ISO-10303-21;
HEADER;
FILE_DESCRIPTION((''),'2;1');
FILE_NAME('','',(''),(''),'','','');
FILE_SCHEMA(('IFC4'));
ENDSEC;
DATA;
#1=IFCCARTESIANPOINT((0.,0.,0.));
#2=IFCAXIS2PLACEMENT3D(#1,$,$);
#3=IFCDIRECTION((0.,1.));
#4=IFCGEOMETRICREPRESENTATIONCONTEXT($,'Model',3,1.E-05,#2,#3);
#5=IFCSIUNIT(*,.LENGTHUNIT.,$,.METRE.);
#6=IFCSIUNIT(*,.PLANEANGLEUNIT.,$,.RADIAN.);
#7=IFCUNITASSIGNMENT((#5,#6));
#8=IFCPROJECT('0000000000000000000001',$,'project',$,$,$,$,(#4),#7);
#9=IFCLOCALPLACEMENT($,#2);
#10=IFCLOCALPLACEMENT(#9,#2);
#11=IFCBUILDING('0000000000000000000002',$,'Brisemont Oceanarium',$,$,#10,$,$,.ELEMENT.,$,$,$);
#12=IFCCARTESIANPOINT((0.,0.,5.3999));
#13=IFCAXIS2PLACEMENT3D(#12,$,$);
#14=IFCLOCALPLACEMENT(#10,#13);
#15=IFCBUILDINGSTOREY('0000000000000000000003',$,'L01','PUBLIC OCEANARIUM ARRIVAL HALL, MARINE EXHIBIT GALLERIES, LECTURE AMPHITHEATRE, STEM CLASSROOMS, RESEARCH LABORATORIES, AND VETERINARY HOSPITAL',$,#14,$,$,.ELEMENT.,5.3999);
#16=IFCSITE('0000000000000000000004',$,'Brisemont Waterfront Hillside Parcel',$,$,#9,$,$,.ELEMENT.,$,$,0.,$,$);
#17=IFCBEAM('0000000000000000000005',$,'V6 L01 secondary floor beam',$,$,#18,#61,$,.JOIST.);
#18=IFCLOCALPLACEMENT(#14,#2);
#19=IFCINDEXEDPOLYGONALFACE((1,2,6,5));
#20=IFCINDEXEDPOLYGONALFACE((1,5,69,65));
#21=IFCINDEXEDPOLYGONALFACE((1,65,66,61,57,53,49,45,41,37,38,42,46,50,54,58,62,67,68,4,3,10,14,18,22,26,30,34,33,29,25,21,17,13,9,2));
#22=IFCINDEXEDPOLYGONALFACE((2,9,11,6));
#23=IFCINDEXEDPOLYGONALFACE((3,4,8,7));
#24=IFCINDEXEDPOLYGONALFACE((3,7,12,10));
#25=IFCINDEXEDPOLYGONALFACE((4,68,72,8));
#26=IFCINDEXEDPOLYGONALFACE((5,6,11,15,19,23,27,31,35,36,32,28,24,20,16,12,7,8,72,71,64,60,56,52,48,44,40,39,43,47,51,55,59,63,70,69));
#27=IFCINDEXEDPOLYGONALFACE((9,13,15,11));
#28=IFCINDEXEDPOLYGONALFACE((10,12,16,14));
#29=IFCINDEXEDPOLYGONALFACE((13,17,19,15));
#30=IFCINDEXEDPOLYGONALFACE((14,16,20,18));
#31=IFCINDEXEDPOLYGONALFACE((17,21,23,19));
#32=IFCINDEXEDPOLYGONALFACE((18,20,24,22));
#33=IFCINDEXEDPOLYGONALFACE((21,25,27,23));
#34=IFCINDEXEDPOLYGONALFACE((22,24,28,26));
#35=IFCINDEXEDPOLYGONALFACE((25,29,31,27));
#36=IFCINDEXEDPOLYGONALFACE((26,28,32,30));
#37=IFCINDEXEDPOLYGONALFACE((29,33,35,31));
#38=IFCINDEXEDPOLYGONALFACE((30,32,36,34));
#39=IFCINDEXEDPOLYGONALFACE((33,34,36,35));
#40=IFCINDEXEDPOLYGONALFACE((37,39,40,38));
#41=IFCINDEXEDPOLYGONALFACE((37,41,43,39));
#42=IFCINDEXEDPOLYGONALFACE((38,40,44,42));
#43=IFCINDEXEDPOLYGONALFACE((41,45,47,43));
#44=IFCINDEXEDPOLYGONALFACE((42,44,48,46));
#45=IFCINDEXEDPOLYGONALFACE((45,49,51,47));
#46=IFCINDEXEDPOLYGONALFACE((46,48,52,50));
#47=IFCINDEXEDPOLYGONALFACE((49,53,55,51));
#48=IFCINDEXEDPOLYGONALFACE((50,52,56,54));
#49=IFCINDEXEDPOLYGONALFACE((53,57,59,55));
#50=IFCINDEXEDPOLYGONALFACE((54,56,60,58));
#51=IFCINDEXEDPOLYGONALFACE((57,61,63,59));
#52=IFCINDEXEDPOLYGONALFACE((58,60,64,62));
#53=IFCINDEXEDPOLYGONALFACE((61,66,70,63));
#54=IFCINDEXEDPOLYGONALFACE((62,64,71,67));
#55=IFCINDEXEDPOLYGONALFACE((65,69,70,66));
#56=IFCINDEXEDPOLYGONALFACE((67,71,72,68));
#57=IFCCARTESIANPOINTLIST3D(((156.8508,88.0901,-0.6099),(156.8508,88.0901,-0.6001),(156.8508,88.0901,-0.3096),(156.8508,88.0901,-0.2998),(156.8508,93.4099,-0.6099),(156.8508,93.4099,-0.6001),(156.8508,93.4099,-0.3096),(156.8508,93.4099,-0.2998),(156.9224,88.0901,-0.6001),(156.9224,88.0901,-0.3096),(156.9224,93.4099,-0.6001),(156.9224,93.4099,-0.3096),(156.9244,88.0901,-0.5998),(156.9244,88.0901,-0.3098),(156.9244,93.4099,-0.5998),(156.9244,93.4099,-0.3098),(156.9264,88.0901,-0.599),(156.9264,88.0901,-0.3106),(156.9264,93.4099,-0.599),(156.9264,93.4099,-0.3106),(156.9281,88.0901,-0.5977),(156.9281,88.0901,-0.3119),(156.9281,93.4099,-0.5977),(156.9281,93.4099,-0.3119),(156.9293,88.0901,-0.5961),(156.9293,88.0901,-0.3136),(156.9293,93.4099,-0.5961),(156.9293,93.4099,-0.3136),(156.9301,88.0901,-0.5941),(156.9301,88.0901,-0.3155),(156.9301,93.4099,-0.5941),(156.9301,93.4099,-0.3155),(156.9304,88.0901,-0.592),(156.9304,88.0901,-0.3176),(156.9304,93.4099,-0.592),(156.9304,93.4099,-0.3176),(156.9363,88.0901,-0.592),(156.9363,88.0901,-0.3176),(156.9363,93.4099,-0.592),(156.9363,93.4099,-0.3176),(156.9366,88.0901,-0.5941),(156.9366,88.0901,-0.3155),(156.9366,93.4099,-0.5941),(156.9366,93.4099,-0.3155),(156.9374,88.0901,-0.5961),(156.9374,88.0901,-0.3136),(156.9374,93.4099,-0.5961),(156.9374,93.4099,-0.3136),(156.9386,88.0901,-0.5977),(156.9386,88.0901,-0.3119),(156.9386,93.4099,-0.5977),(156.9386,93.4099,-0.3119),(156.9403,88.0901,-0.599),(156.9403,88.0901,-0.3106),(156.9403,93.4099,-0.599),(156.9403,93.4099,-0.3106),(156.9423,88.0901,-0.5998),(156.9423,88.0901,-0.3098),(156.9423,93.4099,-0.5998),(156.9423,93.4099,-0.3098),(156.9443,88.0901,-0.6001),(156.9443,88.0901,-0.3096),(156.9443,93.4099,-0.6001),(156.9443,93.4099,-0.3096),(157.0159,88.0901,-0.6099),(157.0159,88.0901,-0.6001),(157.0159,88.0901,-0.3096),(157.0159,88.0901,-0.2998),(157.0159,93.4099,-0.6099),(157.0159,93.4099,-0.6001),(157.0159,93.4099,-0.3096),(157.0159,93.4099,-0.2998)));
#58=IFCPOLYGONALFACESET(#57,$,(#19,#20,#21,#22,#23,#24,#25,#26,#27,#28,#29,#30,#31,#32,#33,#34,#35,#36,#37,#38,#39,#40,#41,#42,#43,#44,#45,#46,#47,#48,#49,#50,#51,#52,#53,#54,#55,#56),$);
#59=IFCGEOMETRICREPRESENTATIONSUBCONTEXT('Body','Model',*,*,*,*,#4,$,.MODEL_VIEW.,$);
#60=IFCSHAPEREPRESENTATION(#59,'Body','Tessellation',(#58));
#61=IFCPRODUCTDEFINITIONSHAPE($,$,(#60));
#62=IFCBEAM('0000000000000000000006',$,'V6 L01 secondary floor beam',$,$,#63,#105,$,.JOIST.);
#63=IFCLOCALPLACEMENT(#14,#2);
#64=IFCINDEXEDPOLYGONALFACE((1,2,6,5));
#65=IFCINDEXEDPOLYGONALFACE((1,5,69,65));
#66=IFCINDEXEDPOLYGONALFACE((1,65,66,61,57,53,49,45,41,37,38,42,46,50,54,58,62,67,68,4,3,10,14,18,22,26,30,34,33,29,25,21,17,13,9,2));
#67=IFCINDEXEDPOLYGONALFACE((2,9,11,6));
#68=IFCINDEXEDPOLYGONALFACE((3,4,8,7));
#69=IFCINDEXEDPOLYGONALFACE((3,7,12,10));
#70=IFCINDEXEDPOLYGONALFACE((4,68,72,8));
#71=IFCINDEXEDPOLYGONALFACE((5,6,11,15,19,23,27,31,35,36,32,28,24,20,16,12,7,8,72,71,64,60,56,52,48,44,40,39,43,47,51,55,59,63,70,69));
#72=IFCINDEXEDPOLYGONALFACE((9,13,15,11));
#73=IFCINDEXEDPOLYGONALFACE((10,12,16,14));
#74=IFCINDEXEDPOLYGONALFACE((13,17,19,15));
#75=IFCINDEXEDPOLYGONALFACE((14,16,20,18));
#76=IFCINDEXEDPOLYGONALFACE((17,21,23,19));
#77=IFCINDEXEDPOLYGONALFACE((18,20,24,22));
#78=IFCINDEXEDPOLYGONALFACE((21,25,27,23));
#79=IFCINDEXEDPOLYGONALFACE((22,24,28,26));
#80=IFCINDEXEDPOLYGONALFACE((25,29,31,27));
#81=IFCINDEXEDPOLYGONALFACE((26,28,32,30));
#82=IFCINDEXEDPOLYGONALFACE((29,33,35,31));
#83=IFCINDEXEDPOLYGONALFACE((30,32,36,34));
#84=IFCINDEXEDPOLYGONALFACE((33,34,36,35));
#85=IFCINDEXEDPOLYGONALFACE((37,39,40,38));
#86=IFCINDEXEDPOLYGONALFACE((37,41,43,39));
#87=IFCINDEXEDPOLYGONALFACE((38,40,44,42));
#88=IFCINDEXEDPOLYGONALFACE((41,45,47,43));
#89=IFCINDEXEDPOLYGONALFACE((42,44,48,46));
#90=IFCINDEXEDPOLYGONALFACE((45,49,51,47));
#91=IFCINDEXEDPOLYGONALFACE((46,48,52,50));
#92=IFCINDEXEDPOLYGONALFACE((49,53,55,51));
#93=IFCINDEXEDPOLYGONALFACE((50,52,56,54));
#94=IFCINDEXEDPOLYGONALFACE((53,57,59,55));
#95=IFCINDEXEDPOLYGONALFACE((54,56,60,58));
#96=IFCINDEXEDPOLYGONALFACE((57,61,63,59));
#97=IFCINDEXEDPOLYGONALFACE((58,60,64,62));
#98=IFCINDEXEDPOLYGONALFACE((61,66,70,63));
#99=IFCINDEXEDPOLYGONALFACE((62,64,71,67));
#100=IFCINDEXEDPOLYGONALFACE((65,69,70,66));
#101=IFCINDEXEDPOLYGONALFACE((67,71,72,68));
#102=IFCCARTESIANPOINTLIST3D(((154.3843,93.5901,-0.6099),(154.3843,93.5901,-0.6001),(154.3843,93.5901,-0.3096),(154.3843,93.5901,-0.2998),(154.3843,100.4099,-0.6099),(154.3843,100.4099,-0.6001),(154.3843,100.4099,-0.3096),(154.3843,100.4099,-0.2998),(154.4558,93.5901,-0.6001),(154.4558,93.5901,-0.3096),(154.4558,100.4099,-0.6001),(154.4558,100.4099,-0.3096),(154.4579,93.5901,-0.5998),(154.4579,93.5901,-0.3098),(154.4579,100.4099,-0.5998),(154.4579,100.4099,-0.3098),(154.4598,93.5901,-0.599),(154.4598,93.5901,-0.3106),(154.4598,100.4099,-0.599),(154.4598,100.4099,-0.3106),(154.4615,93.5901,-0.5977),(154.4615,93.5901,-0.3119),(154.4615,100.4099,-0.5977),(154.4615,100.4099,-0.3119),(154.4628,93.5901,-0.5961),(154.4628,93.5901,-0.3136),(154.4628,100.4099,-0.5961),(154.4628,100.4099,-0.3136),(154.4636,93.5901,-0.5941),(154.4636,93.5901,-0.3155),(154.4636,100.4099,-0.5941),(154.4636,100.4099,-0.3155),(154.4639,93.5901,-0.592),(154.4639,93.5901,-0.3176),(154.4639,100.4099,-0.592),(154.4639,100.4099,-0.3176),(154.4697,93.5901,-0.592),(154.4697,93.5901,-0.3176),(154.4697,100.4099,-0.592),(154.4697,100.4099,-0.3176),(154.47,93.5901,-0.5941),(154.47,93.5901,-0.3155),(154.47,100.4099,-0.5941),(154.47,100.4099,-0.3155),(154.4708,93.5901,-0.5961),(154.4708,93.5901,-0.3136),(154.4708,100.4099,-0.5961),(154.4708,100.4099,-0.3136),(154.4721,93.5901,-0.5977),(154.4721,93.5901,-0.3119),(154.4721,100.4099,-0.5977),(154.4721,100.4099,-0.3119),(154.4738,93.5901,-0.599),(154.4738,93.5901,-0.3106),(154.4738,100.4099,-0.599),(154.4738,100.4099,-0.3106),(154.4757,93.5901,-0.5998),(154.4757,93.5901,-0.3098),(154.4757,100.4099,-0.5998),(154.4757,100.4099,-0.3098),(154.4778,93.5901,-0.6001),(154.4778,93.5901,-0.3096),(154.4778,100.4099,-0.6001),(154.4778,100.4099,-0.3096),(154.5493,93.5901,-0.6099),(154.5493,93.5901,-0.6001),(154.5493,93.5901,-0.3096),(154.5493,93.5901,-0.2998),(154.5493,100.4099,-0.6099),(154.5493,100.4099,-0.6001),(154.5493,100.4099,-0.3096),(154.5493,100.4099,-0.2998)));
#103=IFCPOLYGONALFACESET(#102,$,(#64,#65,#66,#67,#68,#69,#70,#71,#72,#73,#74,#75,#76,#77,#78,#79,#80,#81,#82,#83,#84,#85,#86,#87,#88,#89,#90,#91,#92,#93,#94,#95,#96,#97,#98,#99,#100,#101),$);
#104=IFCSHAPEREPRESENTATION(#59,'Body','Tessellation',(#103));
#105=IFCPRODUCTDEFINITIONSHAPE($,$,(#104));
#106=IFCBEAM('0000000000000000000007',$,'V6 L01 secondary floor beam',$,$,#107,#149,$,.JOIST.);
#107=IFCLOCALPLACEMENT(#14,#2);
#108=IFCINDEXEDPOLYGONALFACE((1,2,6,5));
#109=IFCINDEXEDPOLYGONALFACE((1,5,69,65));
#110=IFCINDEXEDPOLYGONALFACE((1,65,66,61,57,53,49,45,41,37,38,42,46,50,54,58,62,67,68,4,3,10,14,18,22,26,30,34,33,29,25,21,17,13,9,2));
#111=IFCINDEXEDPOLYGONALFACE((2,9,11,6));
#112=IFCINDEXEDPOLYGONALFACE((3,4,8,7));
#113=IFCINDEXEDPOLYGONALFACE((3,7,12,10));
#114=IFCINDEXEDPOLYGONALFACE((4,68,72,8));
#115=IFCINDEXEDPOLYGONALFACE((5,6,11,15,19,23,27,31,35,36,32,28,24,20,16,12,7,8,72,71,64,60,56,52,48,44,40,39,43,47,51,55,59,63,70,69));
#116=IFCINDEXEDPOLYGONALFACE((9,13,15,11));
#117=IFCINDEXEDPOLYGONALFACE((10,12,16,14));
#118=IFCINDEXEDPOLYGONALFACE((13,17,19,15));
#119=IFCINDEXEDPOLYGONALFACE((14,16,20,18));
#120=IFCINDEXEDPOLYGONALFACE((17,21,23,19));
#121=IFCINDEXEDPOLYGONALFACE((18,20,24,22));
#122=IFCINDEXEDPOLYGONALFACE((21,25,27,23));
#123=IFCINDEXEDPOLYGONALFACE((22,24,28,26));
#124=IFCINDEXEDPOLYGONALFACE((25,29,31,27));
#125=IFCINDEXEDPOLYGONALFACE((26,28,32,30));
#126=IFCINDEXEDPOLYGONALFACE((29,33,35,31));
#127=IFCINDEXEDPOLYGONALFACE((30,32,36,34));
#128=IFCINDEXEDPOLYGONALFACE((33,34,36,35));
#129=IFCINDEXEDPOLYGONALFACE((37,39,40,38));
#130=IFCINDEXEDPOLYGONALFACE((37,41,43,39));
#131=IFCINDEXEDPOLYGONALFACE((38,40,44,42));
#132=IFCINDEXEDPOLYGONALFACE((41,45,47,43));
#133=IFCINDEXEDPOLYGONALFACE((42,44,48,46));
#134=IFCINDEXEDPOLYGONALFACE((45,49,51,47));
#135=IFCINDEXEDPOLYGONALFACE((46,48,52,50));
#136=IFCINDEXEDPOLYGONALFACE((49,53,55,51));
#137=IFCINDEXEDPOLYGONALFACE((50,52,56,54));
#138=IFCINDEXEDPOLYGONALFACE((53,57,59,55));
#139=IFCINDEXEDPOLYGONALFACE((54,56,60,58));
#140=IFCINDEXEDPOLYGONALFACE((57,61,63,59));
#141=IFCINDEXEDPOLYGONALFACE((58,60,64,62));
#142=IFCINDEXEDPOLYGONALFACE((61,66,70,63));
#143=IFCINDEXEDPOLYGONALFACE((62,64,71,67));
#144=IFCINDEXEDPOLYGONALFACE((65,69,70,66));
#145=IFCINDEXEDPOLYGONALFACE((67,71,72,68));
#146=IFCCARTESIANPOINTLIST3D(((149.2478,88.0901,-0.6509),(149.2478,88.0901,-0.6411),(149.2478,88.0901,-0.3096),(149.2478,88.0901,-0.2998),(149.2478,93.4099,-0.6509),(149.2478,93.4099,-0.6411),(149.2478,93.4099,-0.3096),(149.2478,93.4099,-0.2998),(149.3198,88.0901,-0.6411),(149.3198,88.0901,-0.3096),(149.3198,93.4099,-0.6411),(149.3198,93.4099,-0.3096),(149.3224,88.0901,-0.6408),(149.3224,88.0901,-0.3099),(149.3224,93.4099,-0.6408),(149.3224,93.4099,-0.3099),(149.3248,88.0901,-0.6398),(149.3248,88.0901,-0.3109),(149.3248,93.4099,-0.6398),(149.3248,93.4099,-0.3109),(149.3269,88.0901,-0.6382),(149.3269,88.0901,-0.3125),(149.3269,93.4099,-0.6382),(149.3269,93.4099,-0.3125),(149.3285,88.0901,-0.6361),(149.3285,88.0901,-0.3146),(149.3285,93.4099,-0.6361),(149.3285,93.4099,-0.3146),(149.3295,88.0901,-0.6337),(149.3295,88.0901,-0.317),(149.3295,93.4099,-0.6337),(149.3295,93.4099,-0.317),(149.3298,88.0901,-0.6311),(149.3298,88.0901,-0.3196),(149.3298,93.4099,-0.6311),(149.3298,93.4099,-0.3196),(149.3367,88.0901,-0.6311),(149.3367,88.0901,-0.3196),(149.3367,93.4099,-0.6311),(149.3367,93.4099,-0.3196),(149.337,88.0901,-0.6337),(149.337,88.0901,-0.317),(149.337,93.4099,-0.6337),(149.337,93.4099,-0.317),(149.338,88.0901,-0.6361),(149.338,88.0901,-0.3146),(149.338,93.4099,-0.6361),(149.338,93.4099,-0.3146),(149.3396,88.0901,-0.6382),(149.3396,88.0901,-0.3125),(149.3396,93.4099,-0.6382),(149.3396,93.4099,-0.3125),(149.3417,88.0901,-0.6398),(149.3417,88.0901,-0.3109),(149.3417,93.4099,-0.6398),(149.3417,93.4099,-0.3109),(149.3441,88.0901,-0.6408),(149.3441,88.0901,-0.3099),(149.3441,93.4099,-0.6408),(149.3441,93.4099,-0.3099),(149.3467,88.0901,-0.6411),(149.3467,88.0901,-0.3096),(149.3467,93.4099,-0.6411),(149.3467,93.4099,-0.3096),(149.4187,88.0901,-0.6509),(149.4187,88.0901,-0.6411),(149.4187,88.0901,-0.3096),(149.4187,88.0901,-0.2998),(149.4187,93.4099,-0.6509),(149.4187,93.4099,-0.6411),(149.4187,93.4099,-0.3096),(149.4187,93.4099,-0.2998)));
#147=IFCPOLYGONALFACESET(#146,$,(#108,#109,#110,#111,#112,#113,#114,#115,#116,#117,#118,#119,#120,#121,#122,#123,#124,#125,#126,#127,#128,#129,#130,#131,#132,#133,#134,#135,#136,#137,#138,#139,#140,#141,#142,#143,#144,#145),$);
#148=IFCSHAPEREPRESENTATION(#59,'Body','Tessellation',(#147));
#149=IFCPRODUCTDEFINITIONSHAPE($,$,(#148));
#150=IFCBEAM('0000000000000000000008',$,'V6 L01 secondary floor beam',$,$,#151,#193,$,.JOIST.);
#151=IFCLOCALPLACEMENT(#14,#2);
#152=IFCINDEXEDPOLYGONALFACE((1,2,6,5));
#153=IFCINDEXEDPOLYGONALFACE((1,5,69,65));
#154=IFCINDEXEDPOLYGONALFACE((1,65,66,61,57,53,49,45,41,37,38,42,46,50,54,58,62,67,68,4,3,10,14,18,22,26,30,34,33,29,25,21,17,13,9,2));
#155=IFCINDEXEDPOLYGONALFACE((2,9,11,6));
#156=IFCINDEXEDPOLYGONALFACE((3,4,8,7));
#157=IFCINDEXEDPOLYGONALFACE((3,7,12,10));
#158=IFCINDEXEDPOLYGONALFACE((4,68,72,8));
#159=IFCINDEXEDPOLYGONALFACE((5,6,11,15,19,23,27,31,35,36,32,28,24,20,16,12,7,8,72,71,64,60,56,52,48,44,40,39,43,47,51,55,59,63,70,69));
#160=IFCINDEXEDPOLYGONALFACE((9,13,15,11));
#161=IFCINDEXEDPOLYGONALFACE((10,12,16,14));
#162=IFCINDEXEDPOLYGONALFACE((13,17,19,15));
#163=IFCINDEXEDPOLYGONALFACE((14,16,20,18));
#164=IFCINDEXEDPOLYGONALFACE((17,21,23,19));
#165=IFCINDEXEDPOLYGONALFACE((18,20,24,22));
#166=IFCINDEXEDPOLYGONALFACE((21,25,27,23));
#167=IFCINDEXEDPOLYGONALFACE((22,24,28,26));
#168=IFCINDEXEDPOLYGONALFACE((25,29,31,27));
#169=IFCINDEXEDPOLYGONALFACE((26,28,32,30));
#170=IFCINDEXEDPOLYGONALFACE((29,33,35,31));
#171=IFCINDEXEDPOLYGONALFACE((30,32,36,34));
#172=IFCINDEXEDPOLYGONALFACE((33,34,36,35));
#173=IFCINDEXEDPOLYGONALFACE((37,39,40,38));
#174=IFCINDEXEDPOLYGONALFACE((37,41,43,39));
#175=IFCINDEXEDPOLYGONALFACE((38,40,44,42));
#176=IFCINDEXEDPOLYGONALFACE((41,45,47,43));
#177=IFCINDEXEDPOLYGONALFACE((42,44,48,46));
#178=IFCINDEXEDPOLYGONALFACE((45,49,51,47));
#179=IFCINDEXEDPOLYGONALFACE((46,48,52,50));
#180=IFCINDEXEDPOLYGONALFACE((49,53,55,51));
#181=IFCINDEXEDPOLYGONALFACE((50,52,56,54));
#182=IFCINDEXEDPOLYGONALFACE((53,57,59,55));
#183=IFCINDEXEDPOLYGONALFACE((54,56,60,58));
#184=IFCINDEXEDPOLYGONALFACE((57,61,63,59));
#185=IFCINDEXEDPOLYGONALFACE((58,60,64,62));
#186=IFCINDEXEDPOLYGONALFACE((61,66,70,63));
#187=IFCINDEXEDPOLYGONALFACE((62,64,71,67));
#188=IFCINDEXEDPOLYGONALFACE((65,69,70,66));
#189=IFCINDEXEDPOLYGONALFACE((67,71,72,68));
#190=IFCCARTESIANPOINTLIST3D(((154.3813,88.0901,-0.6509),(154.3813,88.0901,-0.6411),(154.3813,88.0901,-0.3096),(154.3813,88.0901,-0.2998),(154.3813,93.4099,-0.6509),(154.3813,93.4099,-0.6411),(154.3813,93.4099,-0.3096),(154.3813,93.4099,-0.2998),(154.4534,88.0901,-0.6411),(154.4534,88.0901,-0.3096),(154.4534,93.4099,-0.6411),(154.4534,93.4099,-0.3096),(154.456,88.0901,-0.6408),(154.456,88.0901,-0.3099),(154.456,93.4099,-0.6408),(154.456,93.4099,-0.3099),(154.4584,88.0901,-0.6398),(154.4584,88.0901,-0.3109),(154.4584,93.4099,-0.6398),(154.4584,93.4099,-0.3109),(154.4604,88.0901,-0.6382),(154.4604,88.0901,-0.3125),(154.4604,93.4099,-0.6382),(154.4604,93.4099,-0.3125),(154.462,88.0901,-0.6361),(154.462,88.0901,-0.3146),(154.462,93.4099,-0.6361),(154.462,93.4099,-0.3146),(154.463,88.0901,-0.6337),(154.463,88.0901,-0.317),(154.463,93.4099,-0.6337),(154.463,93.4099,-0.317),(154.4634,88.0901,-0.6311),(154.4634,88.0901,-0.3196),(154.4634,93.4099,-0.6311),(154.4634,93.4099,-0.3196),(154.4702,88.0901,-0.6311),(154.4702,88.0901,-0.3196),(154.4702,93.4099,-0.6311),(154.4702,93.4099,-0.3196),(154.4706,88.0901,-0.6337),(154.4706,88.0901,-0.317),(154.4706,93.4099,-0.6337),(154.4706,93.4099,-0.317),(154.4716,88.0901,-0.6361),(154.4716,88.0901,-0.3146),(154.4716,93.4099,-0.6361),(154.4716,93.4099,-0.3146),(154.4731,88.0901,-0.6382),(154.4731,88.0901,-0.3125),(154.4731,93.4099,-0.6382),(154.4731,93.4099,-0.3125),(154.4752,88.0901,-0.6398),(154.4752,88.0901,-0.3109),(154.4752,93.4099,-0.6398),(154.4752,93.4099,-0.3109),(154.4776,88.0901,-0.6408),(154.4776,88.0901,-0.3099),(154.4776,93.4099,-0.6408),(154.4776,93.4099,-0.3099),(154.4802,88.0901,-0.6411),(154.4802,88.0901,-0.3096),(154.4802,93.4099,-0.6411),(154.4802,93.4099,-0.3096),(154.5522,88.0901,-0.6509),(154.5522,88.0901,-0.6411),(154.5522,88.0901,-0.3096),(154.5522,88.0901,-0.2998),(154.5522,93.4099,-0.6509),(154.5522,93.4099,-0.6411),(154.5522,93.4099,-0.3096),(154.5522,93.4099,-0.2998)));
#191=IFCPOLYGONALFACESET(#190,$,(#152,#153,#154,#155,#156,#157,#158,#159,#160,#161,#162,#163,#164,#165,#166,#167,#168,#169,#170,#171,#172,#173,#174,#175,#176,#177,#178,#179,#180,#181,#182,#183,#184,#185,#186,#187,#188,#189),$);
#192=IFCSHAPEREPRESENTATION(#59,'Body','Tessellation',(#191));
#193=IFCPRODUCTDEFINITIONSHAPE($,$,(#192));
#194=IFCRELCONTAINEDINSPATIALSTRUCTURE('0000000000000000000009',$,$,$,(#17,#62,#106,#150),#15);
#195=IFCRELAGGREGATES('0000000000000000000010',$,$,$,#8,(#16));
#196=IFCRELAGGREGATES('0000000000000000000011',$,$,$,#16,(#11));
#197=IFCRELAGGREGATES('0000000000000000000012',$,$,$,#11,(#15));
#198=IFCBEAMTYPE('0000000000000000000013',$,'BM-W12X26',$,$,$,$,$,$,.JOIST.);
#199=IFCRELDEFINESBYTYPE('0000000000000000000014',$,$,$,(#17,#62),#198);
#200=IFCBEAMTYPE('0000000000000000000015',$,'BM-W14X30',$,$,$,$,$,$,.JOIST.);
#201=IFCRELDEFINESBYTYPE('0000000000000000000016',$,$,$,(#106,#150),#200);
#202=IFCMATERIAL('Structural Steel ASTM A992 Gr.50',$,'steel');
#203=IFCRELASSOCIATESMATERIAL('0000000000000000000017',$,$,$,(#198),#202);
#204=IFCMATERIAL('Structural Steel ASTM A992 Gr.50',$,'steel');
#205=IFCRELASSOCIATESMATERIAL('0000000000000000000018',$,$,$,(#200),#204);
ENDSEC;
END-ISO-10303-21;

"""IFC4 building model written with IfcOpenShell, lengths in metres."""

from ifc_helpers import new_model, si_unit, direction, frame, origin, origin_2d, place, context, subcontext, project, spatial, i_section, extrude, material, material_profile, profile_set, type_object, element, save


model = new_model("IFC4")

# Units and contexts
model_context = context("Model", 3, precision=1e-05, world=origin(), true_north=direction((0.0, 1.0)))
body_context = subcontext(model_context, "Body", "Model", "MODEL_VIEW")
ifc_project = project(units=[si_unit("LENGTHUNIT", "METRE"), si_unit("PLANEANGLEUNIT", "RADIAN")], contexts=[model_context])

# Site, building, storey
site_placement = place(None, origin())
site = spatial("IfcSite", under=ifc_project, at=site_placement, Name="Brisemont Waterfront Hillside Parcel", CompositionType="ELEMENT", RefElevation=0.0)
building_placement = place(site_placement, origin())
building = spatial("IfcBuilding", under=site, at=building_placement, Name="Brisemont Oceanarium", CompositionType="ELEMENT")
storey_placement = place(building_placement, frame((0.0, 0.0, 5.3999)))
storey = spatial("IfcBuildingStorey", under=building, at=storey_placement, Name="L01", Description="PUBLIC OCEANARIUM ARRIVAL HALL, MARINE EXHIBIT GALLERIES, LECTURE AMPHITHEATRE, STEM CLASSROOMS, RESEARCH LABORATORIES, AND VETERINARY HOSPITAL", CompositionType="ELEMENT", Elevation=5.3999)

# Beams
ifc_material_1 = material(Name="Structural Steel ASTM A992 Gr.50", Category="steel")
ifc_material_profile_1 = material_profile(ifc_material_1, i_section(OverallWidth=0.165, OverallDepth=0.3101, WebThickness=0.0059, FlangeThickness=0.0098, FilletRadius=0.0081, at=origin_2d()), Name="W12X26")
ifc_profile_set_1 = profile_set([ifc_material_profile_1], Name="Structural Steel ASTM A992 Gr.50")
beam_type_1 = type_object("IfcBeamType", Name="BM-W12X26", PredefinedType="JOIST", material=ifc_profile_set_1)
beam_1_placement = place(storey_placement, frame((156.9333, 88.0901, -0.4548), z_axis=(0.0, 1.0, 0.0), x_axis=(-1.0, 0.0, 0.0)))
element("IfcBeam", 1, at=beam_1_placement, inside=storey, type_object=beam_type_1, Name="V6 L01 secondary floor beam", PredefinedType="JOIST", context=body_context, shape_type="SweptSolid", body=[
    extrude(i_section(OverallWidth=0.165, OverallDepth=0.3101, WebThickness=0.0059, FlangeThickness=0.0098, FilletRadius=0.0081, at=origin_2d()), origin(), (0.0, 0.0, 1.0), 5.3198),
])
beam_2_placement = place(storey_placement, frame((154.4668, 93.5901, -0.4548), z_axis=(0.0, 1.0, 0.0), x_axis=(-1.0, 0.0, 0.0)))
element("IfcBeam", 2, at=beam_2_placement, inside=storey, type_object=beam_type_1, Name="V6 L01 secondary floor beam", PredefinedType="JOIST", context=body_context, shape_type="SweptSolid", body=[
    extrude(i_section(OverallWidth=0.165, OverallDepth=0.3101, WebThickness=0.0059, FlangeThickness=0.0098, FilletRadius=0.0081, at=origin_2d()), origin(), (0.0, 0.0, 1.0), 6.8198),
])
ifc_material_2 = material(Name="Structural Steel ASTM A992 Gr.50", Category="steel")
ifc_material_profile_2 = material_profile(ifc_material_2, i_section(OverallWidth=0.1709, OverallDepth=0.3511, WebThickness=0.0068, FlangeThickness=0.0098, FilletRadius=0.01, at=origin_2d()), Name="W14X30")
ifc_profile_set_2 = profile_set([ifc_material_profile_2], Name="Structural Steel ASTM A992 Gr.50")
beam_type_2 = type_object("IfcBeamType", Name="BM-W14X30", PredefinedType="JOIST", material=ifc_profile_set_2)
for number, where, z_axis, x_axis, name in (
    (3, (149.3333, 88.0901, -0.4753), (0.0, 1.0, 0.0), (-1.0, 0.0, 0.0), "V6 L01 secondary floor beam"),
    (4, (154.4668, 88.0901, -0.4753), (0.0, 1.0, 0.0), (-1.0, 0.0, 0.0), "V6 L01 secondary floor beam"),
):
    element("IfcBeam", number, at=place(storey_placement, frame(where, z_axis=z_axis, x_axis=x_axis)), inside=storey, type_object=beam_type_2, Name=name, PredefinedType="JOIST", context=body_context, shape_type="SweptSolid", body=[
        extrude(i_section(OverallWidth=0.1709, OverallDepth=0.3511, WebThickness=0.0068, FlangeThickness=0.0098, FilletRadius=0.01, at=origin_2d()), origin(), (0.0, 0.0, 1.0), 5.3198),
    ])

save(model, "model.ifc")
